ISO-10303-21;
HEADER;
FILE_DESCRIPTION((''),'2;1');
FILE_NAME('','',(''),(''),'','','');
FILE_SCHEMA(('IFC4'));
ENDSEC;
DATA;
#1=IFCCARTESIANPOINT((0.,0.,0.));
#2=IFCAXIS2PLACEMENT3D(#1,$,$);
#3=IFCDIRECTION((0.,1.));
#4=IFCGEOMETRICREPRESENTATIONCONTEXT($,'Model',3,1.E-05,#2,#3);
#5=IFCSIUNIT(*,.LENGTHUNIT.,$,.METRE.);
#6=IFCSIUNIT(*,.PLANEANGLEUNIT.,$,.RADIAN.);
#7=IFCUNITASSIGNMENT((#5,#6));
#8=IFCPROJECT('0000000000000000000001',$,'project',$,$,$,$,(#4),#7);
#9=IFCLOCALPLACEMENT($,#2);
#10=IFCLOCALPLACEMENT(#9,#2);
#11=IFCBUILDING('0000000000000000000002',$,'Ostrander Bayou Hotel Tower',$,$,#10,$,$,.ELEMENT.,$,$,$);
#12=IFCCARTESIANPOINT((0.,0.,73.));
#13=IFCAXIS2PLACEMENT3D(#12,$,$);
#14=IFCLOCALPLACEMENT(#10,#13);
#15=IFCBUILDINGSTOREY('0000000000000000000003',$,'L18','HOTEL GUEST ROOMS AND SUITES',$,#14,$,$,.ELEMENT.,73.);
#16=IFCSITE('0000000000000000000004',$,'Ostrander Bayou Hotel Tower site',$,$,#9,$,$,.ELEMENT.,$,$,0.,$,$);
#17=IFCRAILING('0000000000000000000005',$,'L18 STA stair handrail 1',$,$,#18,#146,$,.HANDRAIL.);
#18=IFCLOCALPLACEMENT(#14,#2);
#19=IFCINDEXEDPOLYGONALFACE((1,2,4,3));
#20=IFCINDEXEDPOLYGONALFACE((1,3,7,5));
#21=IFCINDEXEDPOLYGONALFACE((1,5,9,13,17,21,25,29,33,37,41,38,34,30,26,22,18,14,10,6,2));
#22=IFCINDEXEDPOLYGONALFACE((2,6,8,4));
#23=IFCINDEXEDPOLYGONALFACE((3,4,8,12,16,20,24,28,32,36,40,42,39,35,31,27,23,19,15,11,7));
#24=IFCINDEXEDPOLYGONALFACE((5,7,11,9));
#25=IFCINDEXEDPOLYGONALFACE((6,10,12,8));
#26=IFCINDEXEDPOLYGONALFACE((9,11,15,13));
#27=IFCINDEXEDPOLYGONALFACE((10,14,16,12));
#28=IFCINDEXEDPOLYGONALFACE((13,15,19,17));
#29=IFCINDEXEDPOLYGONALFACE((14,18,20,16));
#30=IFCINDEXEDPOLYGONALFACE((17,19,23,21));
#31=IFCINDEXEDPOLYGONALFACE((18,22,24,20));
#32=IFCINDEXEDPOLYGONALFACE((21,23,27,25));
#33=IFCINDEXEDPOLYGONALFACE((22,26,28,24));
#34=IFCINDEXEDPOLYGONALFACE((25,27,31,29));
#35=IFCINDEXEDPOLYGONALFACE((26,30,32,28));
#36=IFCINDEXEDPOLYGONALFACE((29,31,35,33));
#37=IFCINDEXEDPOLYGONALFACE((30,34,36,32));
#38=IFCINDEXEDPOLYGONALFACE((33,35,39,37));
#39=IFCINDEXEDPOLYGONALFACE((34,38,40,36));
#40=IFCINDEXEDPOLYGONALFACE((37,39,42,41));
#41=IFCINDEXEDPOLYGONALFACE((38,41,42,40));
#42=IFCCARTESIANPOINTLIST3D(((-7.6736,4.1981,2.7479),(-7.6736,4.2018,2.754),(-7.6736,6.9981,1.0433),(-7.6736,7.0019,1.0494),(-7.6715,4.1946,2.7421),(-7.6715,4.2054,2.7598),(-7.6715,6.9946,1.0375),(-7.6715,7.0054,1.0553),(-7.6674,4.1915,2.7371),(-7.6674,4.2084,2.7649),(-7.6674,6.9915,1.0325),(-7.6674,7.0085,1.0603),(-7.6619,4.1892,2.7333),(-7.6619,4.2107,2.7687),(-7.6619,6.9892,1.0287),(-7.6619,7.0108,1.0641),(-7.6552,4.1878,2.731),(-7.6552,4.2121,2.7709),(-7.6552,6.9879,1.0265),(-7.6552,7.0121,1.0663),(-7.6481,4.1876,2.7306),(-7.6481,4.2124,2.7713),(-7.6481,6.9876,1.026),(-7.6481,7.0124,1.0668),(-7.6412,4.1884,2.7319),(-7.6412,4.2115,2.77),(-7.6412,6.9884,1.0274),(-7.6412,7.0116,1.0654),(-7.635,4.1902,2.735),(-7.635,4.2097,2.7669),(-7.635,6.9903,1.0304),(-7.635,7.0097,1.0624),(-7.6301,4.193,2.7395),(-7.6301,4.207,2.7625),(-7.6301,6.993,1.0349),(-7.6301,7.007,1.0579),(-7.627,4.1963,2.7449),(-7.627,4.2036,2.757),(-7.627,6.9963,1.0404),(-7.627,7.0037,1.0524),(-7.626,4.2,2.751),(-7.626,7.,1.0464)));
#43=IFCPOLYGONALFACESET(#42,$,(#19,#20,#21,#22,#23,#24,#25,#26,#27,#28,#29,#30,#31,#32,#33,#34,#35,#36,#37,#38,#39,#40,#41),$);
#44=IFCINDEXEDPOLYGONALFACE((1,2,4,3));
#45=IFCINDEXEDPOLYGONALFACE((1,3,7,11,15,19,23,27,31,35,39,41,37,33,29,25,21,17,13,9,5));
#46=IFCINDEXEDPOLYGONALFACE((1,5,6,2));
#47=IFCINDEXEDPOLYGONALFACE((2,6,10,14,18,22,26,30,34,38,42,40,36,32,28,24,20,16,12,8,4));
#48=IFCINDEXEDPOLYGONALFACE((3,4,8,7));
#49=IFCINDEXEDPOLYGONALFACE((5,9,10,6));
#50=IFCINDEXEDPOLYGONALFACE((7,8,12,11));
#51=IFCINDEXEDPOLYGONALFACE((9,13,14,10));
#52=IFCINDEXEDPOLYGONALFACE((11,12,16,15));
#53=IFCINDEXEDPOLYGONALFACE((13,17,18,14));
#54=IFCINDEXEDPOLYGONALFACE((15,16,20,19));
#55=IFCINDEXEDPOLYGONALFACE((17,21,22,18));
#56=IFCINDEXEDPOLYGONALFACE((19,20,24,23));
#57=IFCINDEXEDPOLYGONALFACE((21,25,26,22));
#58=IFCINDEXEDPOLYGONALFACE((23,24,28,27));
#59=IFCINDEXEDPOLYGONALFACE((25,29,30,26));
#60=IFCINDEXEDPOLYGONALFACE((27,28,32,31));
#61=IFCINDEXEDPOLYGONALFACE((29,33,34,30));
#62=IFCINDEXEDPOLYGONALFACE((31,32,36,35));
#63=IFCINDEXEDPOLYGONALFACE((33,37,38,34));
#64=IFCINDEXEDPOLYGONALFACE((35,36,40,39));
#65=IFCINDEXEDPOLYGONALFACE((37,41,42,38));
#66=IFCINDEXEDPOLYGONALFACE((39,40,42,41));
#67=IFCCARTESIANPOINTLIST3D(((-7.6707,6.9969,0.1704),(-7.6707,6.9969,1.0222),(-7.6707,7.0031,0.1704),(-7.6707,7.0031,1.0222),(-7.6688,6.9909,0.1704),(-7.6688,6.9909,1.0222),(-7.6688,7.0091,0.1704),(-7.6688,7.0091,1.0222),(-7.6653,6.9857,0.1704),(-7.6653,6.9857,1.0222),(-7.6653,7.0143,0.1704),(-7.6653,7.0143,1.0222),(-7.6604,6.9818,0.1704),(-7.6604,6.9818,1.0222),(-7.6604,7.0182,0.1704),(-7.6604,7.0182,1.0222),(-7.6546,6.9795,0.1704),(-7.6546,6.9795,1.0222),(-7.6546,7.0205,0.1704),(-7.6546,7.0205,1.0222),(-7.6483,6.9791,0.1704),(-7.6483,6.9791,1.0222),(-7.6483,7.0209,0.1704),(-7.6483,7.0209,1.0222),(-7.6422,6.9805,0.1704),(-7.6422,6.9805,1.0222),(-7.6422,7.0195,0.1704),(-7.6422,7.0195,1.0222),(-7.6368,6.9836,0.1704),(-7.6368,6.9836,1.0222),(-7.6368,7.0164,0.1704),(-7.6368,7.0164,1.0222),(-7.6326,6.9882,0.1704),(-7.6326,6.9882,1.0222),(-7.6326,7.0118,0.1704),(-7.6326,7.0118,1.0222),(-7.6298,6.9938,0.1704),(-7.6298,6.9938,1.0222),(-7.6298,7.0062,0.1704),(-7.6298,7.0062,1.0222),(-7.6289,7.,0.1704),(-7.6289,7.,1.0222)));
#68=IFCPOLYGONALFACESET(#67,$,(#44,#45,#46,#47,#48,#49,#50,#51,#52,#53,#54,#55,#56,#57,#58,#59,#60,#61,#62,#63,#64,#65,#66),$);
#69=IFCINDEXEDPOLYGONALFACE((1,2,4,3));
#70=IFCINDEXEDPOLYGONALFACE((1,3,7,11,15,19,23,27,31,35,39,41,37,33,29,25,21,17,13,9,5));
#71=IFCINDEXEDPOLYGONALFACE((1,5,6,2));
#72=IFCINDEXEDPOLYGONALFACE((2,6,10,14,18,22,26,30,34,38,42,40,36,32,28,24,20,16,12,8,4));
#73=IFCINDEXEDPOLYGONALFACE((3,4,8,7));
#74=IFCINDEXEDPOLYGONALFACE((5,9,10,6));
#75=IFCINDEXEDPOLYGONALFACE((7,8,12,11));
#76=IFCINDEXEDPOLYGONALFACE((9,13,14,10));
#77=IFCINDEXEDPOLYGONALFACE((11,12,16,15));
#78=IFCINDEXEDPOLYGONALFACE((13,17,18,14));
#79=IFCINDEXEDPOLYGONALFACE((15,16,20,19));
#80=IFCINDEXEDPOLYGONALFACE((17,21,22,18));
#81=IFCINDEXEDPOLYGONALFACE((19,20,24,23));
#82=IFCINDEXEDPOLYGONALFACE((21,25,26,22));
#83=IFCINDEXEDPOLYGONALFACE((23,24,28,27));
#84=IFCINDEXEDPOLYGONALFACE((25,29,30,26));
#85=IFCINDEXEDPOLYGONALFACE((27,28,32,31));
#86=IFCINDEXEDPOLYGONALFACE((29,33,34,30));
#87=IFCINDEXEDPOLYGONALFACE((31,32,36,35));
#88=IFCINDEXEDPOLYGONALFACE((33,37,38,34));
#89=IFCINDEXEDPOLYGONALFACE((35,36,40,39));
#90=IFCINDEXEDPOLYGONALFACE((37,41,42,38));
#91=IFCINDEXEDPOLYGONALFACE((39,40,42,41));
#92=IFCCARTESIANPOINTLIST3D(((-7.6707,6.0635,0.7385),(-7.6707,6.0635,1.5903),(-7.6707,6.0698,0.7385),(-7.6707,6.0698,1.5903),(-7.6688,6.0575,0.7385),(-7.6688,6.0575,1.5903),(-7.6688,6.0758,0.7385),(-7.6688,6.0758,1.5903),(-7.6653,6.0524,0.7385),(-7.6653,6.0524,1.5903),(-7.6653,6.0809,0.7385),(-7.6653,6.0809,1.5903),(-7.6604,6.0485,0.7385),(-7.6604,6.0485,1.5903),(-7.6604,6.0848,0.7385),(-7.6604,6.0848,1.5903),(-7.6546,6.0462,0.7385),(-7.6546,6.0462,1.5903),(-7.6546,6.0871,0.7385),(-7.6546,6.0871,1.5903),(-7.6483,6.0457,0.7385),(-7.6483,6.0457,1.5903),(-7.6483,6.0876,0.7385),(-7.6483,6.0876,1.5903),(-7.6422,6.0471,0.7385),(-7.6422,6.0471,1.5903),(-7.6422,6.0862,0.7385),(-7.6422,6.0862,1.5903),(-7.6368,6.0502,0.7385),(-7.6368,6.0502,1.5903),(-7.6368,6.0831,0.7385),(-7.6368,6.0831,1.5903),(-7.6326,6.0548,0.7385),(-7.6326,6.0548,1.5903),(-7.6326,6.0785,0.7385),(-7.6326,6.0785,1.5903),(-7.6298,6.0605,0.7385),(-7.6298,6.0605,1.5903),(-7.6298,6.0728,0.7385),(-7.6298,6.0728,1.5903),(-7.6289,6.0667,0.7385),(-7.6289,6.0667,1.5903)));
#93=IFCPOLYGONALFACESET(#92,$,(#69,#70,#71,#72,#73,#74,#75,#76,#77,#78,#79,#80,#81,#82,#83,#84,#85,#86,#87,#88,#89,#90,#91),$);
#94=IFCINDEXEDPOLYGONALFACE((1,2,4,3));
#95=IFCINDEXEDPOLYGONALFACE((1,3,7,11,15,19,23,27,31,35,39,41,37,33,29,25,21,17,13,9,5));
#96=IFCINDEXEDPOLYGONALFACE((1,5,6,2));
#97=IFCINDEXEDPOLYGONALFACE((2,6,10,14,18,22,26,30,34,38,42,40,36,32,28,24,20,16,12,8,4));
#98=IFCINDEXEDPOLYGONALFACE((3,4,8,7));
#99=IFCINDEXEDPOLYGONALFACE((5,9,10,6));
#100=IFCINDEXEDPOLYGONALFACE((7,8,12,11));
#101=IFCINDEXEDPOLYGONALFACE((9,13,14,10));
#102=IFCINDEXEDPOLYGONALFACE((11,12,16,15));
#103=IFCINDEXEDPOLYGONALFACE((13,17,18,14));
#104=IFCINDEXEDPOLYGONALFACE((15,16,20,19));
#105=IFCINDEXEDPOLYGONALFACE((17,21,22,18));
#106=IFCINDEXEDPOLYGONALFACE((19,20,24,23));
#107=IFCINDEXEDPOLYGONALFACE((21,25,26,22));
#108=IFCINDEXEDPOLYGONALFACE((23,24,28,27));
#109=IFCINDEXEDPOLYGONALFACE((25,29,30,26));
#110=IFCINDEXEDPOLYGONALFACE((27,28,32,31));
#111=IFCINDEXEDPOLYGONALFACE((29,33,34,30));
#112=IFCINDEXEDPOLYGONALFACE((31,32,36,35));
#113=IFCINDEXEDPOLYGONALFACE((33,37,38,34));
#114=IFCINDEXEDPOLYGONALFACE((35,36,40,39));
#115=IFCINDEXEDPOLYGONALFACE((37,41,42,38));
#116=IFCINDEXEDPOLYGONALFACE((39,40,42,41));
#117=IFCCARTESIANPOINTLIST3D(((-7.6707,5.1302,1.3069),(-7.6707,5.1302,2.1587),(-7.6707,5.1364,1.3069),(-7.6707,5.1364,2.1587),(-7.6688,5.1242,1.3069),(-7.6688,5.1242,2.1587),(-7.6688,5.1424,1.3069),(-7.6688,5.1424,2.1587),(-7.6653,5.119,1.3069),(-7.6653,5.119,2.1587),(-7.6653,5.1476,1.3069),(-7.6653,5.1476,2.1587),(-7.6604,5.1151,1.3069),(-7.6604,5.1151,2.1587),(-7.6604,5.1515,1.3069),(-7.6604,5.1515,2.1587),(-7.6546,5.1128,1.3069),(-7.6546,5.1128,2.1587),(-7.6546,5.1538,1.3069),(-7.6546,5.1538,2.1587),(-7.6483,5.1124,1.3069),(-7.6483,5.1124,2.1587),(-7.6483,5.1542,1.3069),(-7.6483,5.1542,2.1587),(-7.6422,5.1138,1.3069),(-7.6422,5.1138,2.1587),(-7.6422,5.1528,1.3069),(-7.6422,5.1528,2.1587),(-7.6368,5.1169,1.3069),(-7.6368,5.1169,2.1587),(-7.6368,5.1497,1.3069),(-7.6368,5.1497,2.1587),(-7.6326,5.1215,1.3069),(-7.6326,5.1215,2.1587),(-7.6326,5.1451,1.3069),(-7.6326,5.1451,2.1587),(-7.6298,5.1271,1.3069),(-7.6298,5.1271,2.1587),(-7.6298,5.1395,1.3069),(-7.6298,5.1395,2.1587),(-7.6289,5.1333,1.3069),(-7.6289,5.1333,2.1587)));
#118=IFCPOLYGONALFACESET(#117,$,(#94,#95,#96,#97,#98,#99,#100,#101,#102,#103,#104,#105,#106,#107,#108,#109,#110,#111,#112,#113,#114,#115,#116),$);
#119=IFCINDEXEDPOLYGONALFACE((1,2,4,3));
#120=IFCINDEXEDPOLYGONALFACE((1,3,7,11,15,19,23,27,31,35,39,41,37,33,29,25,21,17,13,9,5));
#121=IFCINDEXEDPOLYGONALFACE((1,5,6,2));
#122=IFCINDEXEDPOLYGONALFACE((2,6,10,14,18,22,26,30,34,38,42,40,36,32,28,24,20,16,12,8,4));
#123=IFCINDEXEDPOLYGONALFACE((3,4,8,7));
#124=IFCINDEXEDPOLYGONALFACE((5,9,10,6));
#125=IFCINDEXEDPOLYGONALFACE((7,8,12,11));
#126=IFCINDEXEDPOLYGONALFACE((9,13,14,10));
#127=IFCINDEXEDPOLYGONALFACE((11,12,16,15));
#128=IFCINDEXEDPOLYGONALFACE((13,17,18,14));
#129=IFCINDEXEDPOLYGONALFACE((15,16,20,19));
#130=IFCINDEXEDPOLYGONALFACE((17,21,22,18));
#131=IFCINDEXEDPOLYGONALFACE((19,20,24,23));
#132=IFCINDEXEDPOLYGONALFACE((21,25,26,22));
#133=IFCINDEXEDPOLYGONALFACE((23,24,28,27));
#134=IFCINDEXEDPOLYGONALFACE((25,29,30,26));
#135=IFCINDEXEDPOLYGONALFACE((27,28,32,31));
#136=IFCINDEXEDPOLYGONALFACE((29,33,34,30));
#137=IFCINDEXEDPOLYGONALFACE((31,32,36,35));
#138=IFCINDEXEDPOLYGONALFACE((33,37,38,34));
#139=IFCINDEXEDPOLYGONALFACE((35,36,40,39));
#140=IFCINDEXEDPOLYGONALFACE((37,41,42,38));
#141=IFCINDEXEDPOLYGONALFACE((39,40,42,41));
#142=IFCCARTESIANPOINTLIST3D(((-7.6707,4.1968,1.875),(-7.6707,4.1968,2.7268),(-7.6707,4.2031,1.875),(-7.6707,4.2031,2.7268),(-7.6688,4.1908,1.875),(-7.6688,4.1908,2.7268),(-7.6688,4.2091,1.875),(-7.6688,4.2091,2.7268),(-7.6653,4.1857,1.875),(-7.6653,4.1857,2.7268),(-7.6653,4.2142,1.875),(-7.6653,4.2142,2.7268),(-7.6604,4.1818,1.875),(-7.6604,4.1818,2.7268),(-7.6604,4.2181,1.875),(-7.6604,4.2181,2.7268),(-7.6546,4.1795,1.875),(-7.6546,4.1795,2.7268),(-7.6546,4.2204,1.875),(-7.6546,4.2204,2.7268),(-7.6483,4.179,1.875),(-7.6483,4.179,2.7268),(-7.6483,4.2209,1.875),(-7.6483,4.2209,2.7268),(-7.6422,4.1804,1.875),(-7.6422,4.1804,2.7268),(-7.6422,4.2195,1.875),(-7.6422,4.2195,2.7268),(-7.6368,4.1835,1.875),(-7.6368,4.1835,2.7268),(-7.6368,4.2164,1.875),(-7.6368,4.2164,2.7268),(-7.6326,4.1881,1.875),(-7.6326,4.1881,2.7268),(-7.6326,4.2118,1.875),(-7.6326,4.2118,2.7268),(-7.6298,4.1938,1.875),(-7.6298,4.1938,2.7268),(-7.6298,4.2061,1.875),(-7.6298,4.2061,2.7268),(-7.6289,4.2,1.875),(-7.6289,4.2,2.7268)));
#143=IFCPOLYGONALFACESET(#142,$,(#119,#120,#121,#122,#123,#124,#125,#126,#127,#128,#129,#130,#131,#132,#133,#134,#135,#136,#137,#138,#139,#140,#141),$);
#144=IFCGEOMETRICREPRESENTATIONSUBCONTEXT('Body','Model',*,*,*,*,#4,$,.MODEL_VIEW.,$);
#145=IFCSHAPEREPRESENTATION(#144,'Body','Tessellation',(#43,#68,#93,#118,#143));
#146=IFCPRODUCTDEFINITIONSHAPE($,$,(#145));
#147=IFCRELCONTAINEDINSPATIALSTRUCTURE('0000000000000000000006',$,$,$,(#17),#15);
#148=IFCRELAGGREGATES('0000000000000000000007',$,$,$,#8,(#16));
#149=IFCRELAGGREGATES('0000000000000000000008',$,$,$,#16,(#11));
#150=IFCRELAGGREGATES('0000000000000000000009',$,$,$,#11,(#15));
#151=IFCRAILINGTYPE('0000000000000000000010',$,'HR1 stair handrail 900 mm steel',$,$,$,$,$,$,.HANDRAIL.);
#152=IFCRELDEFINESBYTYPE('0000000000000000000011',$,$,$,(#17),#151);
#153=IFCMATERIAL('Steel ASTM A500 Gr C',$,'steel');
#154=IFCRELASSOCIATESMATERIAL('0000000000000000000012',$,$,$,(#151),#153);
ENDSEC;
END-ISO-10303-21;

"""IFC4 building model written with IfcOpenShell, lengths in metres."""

from ifc_helpers import new_model, si_unit, direction, frame, origin, origin_2d, place, context, subcontext, project, spatial, circle, extrude, material, type_object, element, save


model = new_model("IFC4")

# Units and contexts
model_context = context("Model", 3, precision=1e-05, world=origin(), true_north=direction((0.0, 1.0)))
body_context = subcontext(model_context, "Body", "Model", "MODEL_VIEW")
ifc_project = project(units=[si_unit("LENGTHUNIT", "METRE"), si_unit("PLANEANGLEUNIT", "RADIAN")], contexts=[model_context])

# Site, building, storey
site_placement = place(None, origin())
site = spatial("IfcSite", under=ifc_project, at=site_placement, Name="Ostrander Bayou Hotel Tower site", CompositionType="ELEMENT", RefElevation=0.0)
building_placement = place(site_placement, origin())
building = spatial("IfcBuilding", under=site, at=building_placement, Name="Ostrander Bayou Hotel Tower", CompositionType="ELEMENT")
storey_placement = place(building_placement, frame((0.0, 0.0, 73.0)))
storey = spatial("IfcBuildingStorey", under=building, at=storey_placement, Name="L18", Description="HOTEL GUEST ROOMS AND SUITES", CompositionType="ELEMENT", Elevation=73.0)

# Railing
ifc_material_1 = material(Name="Steel ASTM A500 Gr C", Category="steel")
railing_type = type_object("IfcRailingType", Name="HR1 stair handrail 900 mm steel", PredefinedType="HANDRAIL", material=ifc_material_1)
railing_placement = place(storey_placement, frame((-7.6499, 7.0, 0.1704)))
element("IfcRailing", 1, at=railing_placement, inside=storey, type_object=railing_type, Name="L18 STA stair handrail 1", PredefinedType="HANDRAIL", context=body_context, shape_type="SweptSolid", body=[
    extrude(circle(Radius=0.0239, at=origin_2d()), frame((0.0, 0.0, 0.876), z_axis=(0.0, -0.85417, 0.519994), x_axis=(1.0, 0.0, 0.0)), (0.0, 0.0, 1.0), 3.2781),
    extrude(circle(Radius=0.021, at=origin_2d()), origin(), (0.0, 0.0, 1.0), 0.8518),
    extrude(circle(Radius=0.021, at=origin_2d()), frame((0.0, -0.9333, 0.5681)), (0.0, 0.0, 1.0), 0.8518),
    extrude(circle(Radius=0.021, at=origin_2d()), frame((0.0, -1.8667, 1.1365)), (0.0, 0.0, 1.0), 0.8518),
    extrude(circle(Radius=0.021, at=origin_2d()), frame((0.0, -2.8, 1.7046)), (0.0, 0.0, 1.0), 0.8518),
])

save(model, "model.ifc")
